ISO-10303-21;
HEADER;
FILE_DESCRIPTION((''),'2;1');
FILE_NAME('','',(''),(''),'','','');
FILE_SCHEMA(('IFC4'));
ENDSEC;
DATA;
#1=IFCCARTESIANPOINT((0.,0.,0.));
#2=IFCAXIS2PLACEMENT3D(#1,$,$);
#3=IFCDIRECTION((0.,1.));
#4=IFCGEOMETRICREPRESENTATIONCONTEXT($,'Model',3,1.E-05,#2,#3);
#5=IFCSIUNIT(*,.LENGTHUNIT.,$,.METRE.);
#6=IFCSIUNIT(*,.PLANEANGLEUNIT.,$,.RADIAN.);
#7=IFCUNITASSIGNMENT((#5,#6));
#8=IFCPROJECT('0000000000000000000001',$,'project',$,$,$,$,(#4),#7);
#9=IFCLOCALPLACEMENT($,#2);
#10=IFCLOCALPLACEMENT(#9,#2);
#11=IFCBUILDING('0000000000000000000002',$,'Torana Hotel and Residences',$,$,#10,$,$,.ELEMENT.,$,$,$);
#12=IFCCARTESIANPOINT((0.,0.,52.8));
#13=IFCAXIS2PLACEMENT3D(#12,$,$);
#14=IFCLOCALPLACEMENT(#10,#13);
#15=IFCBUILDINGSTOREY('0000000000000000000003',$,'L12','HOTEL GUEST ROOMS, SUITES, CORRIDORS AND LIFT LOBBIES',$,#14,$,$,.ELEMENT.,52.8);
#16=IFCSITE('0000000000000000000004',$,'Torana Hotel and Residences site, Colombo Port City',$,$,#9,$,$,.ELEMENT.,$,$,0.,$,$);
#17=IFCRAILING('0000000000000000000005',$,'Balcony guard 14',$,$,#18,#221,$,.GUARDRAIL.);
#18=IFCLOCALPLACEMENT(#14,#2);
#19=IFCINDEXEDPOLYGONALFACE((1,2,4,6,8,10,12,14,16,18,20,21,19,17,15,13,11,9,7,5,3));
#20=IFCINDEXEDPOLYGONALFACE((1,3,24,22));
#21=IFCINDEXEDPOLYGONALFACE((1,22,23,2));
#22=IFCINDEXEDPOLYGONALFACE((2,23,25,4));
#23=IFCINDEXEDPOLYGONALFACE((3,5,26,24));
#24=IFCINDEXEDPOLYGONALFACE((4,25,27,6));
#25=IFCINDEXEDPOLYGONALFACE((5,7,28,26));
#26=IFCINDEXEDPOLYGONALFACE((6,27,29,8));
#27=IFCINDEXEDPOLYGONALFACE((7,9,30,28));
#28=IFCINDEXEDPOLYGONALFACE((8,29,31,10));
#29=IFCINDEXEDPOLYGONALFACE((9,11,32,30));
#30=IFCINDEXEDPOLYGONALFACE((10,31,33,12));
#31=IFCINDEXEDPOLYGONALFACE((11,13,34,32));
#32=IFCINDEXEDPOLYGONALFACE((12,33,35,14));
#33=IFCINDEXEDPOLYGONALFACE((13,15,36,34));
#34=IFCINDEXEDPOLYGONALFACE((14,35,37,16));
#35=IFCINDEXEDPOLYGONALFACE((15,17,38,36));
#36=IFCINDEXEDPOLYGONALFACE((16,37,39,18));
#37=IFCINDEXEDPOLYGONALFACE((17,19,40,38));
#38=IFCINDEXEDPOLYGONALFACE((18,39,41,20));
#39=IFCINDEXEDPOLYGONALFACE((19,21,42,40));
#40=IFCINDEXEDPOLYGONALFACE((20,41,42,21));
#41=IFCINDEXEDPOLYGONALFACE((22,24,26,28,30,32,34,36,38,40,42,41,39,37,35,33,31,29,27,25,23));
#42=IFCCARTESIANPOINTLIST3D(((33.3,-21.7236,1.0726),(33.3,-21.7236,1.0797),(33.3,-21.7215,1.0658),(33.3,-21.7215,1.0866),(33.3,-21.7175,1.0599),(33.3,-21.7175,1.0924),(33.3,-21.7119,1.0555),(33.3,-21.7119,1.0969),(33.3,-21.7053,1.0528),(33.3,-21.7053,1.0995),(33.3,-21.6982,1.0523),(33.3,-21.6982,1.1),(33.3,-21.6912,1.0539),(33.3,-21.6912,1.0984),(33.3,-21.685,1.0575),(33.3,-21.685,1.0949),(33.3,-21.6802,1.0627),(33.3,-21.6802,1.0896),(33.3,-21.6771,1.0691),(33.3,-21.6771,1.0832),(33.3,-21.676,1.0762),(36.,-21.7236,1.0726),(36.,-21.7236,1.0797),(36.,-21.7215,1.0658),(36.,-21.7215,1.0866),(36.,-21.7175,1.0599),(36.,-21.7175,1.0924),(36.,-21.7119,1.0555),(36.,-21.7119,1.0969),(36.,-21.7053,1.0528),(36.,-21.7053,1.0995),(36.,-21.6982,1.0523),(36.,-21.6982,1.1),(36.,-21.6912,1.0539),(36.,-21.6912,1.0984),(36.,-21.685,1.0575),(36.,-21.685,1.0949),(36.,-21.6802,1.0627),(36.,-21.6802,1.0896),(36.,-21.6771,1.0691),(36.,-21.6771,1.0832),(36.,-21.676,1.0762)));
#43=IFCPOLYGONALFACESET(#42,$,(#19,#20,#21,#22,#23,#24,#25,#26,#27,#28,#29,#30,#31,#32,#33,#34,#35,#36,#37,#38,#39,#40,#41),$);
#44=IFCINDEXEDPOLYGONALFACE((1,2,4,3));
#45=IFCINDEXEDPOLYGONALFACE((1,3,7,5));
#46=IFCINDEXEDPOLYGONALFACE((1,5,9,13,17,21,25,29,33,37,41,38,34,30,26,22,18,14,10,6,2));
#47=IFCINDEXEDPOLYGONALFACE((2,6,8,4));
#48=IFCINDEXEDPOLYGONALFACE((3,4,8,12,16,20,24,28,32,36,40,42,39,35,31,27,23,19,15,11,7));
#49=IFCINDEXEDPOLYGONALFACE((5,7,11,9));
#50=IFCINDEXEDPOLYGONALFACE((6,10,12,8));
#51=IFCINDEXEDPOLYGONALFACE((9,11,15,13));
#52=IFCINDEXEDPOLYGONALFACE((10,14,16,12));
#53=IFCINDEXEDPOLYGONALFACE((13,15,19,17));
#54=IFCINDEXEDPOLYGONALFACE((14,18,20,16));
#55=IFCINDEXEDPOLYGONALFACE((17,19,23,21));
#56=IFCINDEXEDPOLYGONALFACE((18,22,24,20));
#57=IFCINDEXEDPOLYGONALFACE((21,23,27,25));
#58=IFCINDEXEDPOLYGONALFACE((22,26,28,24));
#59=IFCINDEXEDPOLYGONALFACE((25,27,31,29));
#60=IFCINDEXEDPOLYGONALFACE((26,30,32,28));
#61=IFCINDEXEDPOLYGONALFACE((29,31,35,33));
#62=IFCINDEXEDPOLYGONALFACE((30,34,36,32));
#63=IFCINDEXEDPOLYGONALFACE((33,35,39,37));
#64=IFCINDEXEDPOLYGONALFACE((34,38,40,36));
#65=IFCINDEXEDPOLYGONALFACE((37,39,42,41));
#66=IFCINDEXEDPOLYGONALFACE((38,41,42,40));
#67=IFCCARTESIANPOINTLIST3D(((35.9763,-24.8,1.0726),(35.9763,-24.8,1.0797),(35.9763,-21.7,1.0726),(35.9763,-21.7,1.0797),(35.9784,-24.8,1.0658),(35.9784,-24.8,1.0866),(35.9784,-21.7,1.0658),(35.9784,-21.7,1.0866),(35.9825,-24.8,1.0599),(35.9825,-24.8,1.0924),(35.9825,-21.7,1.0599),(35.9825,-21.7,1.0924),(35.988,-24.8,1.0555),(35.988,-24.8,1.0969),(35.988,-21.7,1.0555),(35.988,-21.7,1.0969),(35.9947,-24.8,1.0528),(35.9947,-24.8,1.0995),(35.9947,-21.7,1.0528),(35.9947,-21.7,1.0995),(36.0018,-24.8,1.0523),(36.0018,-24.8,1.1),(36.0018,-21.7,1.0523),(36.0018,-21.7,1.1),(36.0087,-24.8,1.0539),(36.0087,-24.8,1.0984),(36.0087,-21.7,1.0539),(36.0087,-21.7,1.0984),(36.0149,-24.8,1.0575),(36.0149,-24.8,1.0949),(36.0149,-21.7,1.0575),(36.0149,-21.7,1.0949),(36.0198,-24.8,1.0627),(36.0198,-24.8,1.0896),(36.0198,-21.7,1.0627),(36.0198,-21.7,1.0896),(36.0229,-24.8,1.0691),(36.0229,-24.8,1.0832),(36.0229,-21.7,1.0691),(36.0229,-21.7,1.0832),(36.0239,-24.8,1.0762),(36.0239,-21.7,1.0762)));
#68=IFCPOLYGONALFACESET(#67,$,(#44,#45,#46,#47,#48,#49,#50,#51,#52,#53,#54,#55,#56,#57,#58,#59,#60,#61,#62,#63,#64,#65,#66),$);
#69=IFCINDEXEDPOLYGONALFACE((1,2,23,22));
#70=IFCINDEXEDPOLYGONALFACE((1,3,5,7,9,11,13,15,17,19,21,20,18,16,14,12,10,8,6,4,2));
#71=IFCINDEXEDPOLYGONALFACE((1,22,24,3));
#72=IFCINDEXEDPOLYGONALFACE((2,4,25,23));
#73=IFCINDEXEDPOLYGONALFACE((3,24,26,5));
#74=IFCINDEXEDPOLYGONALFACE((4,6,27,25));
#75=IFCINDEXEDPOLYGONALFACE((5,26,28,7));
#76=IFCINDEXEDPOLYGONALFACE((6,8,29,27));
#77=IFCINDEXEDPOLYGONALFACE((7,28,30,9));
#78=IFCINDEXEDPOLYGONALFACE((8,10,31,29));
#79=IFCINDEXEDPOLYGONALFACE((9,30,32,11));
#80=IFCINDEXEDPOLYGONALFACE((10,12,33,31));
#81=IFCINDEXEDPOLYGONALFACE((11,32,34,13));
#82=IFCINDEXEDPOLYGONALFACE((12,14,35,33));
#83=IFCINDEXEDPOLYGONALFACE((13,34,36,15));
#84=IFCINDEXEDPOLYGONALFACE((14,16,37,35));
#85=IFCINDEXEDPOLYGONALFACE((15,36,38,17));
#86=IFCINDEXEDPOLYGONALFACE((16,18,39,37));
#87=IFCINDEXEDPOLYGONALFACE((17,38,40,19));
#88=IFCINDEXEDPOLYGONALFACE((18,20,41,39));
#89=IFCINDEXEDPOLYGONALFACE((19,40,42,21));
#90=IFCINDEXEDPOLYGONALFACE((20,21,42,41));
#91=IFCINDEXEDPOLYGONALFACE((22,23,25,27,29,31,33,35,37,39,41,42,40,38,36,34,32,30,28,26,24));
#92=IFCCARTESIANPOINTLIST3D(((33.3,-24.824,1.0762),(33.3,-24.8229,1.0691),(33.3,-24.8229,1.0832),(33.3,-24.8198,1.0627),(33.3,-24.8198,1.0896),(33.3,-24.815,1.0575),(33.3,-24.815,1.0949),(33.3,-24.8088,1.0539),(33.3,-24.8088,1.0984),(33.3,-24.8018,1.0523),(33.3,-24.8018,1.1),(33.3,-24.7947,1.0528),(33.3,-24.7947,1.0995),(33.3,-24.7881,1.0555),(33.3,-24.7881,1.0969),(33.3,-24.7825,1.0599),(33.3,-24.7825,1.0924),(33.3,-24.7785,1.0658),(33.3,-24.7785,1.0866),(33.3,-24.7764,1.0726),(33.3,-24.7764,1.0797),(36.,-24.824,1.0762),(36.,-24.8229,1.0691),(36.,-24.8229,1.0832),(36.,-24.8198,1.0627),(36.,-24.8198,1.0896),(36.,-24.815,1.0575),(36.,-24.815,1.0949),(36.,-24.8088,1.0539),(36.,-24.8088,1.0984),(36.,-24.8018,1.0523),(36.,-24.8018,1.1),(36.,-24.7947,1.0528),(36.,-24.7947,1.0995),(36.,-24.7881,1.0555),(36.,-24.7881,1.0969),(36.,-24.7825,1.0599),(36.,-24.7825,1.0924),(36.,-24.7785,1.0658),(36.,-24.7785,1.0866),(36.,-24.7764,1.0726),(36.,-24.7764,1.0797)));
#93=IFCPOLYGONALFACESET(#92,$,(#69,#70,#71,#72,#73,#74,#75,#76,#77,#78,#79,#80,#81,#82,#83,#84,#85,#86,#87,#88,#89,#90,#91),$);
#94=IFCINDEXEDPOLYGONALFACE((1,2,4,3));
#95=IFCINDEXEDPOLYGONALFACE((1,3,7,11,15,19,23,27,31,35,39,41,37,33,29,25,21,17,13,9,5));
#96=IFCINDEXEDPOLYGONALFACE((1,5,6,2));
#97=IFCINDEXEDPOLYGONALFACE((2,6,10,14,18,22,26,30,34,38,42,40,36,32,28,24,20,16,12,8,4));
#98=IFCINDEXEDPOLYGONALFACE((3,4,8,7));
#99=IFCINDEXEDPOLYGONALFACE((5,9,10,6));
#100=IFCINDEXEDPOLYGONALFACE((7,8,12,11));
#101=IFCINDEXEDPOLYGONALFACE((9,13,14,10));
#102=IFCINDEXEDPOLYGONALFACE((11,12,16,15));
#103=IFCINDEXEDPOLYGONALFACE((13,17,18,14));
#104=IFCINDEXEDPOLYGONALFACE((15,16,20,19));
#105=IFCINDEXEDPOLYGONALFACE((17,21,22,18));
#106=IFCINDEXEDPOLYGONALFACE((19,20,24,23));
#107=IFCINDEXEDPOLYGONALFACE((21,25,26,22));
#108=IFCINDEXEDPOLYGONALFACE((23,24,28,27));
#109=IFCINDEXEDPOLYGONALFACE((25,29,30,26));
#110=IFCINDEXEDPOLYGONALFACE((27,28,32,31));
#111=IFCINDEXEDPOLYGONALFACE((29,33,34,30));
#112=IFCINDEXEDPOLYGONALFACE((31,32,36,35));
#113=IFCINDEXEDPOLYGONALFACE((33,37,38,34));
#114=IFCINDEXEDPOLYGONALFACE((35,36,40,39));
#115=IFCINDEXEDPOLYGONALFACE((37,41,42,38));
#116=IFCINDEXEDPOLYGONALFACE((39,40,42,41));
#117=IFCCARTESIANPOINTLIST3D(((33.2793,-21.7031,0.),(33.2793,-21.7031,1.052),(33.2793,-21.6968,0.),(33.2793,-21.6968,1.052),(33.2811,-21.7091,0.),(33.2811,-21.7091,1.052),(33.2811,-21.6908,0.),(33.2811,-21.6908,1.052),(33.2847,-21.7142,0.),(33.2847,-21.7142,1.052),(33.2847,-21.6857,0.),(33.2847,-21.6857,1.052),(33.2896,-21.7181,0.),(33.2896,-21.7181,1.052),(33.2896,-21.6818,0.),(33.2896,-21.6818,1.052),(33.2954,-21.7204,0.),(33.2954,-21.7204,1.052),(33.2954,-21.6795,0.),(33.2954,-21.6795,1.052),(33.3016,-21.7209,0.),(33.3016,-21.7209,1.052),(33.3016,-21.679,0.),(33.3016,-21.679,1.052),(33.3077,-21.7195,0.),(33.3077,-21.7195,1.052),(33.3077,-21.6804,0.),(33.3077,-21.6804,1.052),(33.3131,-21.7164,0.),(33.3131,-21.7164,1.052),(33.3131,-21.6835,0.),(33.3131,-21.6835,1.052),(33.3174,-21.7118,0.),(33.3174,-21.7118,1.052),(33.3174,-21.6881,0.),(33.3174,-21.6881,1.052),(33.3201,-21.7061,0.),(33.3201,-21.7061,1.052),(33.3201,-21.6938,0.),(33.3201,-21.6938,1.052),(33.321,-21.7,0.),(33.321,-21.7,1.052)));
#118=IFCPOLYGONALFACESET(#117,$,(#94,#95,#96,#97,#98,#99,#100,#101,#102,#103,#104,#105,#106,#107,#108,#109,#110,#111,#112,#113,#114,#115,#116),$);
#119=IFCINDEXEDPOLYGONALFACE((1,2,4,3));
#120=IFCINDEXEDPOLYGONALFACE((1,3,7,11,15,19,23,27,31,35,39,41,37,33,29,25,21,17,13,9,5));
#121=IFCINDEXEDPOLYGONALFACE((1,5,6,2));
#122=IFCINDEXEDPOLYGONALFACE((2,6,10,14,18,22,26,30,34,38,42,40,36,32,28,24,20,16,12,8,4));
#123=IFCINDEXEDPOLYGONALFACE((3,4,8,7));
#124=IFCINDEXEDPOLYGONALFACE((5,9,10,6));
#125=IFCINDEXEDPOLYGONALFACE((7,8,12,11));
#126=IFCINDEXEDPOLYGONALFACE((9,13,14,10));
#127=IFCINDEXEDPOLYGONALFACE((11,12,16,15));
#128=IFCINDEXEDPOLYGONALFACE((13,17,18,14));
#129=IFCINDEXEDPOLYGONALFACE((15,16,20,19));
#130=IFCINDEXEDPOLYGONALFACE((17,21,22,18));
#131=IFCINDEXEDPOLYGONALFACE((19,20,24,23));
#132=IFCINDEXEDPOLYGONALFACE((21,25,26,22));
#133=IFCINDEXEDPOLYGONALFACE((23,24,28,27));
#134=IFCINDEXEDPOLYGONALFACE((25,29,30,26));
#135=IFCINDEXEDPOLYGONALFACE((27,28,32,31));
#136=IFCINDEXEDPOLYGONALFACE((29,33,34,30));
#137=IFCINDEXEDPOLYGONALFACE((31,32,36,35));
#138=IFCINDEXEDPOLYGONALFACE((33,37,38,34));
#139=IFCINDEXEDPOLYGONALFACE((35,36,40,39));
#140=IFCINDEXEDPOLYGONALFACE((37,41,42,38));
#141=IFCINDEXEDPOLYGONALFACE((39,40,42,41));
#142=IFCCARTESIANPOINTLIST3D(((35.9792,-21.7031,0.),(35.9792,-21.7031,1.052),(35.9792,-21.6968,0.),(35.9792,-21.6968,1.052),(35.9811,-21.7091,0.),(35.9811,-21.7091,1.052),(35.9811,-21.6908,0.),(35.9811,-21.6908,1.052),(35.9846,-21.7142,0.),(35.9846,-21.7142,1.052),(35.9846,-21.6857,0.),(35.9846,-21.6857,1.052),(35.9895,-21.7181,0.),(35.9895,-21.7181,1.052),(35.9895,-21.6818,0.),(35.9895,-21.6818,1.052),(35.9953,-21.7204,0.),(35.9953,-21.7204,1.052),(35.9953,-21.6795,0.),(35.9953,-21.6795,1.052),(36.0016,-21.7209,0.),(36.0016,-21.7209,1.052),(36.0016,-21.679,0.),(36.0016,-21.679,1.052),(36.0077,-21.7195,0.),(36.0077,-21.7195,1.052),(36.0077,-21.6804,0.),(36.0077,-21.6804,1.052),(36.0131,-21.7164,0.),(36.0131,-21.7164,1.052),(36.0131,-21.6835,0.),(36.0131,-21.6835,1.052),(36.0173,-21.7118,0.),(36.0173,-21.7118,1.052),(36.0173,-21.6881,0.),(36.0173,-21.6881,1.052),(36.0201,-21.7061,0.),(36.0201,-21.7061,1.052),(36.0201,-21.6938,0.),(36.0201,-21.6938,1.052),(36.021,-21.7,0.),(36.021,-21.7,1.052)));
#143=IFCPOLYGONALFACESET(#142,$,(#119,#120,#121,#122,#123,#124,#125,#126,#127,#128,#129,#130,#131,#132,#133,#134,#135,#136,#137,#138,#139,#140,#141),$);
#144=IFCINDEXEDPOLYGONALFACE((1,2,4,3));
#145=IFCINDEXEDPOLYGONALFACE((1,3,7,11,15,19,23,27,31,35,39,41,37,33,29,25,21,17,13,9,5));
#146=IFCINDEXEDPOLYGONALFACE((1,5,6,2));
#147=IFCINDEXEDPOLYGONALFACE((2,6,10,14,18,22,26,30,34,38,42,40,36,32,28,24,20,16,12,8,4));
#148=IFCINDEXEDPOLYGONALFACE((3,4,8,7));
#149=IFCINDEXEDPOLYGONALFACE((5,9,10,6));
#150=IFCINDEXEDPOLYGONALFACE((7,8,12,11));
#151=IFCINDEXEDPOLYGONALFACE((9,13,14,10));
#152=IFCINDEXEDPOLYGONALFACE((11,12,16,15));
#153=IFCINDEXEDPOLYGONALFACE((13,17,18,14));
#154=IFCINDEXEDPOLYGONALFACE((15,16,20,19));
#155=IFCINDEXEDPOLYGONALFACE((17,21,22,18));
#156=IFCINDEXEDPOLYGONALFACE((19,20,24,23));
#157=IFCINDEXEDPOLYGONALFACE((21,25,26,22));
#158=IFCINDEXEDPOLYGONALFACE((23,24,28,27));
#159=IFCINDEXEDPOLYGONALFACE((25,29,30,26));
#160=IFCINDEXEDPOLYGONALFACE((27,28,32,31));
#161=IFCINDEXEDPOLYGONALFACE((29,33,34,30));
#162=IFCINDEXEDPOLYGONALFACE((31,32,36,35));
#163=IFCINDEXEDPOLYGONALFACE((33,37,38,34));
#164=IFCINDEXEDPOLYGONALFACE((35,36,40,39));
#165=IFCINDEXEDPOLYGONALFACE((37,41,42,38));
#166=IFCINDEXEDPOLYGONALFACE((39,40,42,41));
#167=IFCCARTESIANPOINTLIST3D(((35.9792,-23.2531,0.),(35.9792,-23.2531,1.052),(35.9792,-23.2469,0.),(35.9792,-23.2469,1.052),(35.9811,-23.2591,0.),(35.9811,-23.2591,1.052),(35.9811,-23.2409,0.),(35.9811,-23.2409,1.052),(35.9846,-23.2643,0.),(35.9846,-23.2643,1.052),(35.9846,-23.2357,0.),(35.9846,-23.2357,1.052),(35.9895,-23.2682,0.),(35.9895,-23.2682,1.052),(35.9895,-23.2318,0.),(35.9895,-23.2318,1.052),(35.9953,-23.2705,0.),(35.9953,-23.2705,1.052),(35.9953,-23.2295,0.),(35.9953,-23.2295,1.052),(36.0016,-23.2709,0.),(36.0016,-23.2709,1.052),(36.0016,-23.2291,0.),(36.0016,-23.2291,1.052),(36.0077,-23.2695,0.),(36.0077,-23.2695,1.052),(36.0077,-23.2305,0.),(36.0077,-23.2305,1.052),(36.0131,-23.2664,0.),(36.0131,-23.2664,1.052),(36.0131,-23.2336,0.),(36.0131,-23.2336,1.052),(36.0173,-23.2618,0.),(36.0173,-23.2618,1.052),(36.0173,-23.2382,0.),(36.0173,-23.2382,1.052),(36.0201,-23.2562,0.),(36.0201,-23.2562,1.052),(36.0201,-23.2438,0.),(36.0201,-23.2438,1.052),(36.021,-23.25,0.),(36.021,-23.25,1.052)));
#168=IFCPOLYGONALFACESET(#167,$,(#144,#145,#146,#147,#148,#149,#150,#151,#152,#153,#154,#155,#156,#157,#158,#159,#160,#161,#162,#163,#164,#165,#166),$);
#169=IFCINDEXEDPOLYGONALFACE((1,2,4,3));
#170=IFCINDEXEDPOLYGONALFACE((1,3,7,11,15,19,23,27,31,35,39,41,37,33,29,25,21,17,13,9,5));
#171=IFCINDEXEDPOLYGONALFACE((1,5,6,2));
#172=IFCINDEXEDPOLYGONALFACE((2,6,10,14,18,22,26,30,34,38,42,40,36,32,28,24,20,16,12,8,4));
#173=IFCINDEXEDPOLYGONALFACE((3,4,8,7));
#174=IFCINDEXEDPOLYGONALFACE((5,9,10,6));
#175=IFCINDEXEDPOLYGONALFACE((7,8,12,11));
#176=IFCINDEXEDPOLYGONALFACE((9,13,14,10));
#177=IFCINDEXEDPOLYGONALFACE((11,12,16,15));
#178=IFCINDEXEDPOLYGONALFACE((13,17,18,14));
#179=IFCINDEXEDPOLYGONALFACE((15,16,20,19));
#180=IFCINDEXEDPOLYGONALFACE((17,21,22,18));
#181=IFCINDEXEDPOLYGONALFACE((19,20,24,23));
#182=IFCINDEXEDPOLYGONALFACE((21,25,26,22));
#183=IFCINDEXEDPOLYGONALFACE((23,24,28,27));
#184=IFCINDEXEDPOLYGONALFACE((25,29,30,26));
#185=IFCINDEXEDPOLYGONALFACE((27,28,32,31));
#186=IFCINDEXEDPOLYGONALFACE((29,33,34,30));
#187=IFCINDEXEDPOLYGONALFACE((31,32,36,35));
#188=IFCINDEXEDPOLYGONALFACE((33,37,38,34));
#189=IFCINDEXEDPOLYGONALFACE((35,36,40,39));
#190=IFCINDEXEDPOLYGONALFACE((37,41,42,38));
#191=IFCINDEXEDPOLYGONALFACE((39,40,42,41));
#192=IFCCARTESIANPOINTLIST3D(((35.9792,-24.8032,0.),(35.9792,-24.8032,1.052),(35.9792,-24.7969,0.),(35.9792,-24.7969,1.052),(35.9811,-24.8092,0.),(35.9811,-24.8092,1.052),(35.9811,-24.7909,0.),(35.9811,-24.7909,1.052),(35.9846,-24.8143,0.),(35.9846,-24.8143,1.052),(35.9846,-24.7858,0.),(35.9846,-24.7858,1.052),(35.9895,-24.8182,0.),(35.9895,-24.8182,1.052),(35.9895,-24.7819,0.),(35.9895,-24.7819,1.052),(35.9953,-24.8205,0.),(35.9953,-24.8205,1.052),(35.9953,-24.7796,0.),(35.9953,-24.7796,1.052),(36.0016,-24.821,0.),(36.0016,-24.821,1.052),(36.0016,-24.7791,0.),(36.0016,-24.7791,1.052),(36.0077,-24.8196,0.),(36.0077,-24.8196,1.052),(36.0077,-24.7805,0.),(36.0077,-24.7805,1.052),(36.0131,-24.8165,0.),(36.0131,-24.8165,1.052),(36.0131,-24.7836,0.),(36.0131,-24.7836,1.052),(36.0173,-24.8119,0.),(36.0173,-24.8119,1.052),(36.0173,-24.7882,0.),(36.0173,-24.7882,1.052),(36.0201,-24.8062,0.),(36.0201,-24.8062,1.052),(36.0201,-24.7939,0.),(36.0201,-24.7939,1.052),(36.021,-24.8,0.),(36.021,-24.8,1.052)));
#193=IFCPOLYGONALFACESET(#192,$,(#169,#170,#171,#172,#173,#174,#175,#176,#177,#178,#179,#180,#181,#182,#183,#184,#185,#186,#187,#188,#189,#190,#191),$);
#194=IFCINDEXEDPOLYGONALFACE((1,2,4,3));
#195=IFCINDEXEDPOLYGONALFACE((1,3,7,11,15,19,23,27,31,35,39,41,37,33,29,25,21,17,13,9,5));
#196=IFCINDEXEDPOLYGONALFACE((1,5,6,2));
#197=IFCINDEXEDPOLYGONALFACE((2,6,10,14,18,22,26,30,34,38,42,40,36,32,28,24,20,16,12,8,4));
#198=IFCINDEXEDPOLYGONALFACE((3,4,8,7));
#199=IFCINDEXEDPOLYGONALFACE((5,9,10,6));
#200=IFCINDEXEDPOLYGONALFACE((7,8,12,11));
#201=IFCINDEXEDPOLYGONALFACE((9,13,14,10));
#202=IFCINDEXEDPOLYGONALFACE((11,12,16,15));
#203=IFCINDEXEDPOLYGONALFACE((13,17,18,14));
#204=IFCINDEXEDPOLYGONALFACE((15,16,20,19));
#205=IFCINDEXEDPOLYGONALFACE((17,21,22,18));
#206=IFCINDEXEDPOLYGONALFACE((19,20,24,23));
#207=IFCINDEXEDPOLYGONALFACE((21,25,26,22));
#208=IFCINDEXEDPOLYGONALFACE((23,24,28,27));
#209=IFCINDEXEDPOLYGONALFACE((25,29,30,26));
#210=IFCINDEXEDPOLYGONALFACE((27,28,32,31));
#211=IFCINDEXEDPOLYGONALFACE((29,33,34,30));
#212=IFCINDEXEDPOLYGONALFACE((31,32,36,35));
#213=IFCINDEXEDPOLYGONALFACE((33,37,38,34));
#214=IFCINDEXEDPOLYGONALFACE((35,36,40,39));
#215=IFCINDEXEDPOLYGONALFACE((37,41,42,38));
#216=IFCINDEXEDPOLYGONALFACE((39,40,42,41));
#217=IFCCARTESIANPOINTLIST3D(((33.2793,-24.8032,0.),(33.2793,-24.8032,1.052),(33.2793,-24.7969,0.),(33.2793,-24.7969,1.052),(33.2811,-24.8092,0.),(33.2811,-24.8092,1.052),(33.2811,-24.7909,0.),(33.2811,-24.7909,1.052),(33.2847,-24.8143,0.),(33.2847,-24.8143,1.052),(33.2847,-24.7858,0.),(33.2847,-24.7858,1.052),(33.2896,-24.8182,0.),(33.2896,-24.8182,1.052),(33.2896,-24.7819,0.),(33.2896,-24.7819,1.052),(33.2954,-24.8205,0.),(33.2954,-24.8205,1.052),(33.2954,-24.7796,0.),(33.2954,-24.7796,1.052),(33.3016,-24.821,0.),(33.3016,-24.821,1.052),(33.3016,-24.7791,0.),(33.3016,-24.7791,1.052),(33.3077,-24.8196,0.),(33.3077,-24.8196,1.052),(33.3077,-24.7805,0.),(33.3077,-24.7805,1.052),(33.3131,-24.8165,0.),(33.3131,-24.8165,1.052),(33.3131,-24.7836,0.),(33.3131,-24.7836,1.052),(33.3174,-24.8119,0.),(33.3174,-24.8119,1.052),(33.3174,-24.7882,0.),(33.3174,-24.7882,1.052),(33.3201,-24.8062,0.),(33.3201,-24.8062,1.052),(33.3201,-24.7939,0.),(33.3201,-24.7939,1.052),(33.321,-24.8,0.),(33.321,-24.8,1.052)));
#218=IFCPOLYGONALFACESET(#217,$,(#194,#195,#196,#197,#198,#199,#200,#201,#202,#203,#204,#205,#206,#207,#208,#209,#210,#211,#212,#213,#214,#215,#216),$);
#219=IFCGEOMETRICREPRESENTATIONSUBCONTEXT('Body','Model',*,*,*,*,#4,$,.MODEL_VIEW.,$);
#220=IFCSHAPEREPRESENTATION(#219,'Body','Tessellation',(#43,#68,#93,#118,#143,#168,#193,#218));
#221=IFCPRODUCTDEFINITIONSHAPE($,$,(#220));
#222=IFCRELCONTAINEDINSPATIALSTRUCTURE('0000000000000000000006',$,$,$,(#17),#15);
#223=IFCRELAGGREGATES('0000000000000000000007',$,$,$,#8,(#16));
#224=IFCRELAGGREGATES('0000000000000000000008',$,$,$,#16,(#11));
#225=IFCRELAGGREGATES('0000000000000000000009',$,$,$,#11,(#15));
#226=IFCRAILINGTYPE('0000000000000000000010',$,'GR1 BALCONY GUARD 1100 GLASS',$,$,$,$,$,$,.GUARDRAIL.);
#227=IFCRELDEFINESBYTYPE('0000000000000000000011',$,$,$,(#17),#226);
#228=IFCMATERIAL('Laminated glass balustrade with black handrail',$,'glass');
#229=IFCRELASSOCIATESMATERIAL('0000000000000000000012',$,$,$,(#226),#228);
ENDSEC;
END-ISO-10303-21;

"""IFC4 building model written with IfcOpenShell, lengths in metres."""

from ifc_helpers import new_model, si_unit, direction, frame, origin, origin_2d, place, context, subcontext, project, spatial, circle, extrude, material, type_object, element, save


model = new_model("IFC4")

# Units and contexts
model_context = context("Model", 3, precision=1e-05, world=origin(), true_north=direction((0.0, 1.0)))
body_context = subcontext(model_context, "Body", "Model", "MODEL_VIEW")
ifc_project = project(units=[si_unit("LENGTHUNIT", "METRE"), si_unit("PLANEANGLEUNIT", "RADIAN")], contexts=[model_context])

# Site, building, storey
site_placement = place(None, origin())
site = spatial("IfcSite", under=ifc_project, at=site_placement, Name="Torana Hotel and Residences site, Colombo Port City", CompositionType="ELEMENT", RefElevation=0.0)
building_placement = place(site_placement, origin())
building = spatial("IfcBuilding", under=site, at=building_placement, Name="Torana Hotel and Residences", CompositionType="ELEMENT")
storey_placement = place(building_placement, frame((0.0, 0.0, 52.8)))
storey = spatial("IfcBuildingStorey", under=building, at=storey_placement, Name="L12", Description="HOTEL GUEST ROOMS, SUITES, CORRIDORS AND LIFT LOBBIES", CompositionType="ELEMENT", Elevation=52.8)

# Railing
ifc_material_1 = material(Name="Laminated glass balustrade with black handrail", Category="glass")
railing_type = type_object("IfcRailingType", Name="GR1 BALCONY GUARD 1100 GLASS", PredefinedType="GUARDRAIL", material=ifc_material_1)
railing_1_placement = place(storey_placement, frame((33.3, -21.7, 0.0)))
element("IfcRailing", 1, at=railing_1_placement, inside=storey, type_object=railing_type, Name="Balcony guard 14", PredefinedType="GUARDRAIL", context=body_context, shape_type="SweptSolid", body=[
    extrude(circle(Radius=0.0239, at=origin_2d()), frame((0.0, 0.0, 1.0762), z_axis=(1.0, 0.0, 0.0), x_axis=(0.0, 1.0, 0.0)), (0.0, 0.0, 1.0), 2.7),
    extrude(circle(Radius=0.0239, at=origin_2d()), frame((2.7, 0.0, 1.0762), z_axis=(0.0, -1.0, 0.0), x_axis=(1.0, 0.0, 0.0)), (0.0, 0.0, 1.0), 3.1001),
    extrude(circle(Radius=0.0239, at=origin_2d()), frame((2.7, -3.1001, 1.0762), z_axis=(-1.0, 0.0, 0.0), x_axis=(0.0, -1.0, 0.0)), (0.0, 0.0, 1.0), 2.7),
    extrude(circle(Radius=0.021, at=origin_2d()), origin(), (0.0, 0.0, 1.0), 1.052),
    extrude(circle(Radius=0.021, at=origin_2d()), frame((2.7, 0.0, 0.0)), (0.0, 0.0, 1.0), 1.052),
    extrude(circle(Radius=0.021, at=origin_2d()), frame((2.7, -1.55, 0.0)), (0.0, 0.0, 1.0), 1.052),
    extrude(circle(Radius=0.021, at=origin_2d()), frame((2.7, -3.1001, 0.0)), (0.0, 0.0, 1.0), 1.052),
    extrude(circle(Radius=0.021, at=origin_2d()), frame((0.0, -3.1001, 0.0)), (0.0, 0.0, 1.0), 1.052),
])

save(model, "model.ifc")
